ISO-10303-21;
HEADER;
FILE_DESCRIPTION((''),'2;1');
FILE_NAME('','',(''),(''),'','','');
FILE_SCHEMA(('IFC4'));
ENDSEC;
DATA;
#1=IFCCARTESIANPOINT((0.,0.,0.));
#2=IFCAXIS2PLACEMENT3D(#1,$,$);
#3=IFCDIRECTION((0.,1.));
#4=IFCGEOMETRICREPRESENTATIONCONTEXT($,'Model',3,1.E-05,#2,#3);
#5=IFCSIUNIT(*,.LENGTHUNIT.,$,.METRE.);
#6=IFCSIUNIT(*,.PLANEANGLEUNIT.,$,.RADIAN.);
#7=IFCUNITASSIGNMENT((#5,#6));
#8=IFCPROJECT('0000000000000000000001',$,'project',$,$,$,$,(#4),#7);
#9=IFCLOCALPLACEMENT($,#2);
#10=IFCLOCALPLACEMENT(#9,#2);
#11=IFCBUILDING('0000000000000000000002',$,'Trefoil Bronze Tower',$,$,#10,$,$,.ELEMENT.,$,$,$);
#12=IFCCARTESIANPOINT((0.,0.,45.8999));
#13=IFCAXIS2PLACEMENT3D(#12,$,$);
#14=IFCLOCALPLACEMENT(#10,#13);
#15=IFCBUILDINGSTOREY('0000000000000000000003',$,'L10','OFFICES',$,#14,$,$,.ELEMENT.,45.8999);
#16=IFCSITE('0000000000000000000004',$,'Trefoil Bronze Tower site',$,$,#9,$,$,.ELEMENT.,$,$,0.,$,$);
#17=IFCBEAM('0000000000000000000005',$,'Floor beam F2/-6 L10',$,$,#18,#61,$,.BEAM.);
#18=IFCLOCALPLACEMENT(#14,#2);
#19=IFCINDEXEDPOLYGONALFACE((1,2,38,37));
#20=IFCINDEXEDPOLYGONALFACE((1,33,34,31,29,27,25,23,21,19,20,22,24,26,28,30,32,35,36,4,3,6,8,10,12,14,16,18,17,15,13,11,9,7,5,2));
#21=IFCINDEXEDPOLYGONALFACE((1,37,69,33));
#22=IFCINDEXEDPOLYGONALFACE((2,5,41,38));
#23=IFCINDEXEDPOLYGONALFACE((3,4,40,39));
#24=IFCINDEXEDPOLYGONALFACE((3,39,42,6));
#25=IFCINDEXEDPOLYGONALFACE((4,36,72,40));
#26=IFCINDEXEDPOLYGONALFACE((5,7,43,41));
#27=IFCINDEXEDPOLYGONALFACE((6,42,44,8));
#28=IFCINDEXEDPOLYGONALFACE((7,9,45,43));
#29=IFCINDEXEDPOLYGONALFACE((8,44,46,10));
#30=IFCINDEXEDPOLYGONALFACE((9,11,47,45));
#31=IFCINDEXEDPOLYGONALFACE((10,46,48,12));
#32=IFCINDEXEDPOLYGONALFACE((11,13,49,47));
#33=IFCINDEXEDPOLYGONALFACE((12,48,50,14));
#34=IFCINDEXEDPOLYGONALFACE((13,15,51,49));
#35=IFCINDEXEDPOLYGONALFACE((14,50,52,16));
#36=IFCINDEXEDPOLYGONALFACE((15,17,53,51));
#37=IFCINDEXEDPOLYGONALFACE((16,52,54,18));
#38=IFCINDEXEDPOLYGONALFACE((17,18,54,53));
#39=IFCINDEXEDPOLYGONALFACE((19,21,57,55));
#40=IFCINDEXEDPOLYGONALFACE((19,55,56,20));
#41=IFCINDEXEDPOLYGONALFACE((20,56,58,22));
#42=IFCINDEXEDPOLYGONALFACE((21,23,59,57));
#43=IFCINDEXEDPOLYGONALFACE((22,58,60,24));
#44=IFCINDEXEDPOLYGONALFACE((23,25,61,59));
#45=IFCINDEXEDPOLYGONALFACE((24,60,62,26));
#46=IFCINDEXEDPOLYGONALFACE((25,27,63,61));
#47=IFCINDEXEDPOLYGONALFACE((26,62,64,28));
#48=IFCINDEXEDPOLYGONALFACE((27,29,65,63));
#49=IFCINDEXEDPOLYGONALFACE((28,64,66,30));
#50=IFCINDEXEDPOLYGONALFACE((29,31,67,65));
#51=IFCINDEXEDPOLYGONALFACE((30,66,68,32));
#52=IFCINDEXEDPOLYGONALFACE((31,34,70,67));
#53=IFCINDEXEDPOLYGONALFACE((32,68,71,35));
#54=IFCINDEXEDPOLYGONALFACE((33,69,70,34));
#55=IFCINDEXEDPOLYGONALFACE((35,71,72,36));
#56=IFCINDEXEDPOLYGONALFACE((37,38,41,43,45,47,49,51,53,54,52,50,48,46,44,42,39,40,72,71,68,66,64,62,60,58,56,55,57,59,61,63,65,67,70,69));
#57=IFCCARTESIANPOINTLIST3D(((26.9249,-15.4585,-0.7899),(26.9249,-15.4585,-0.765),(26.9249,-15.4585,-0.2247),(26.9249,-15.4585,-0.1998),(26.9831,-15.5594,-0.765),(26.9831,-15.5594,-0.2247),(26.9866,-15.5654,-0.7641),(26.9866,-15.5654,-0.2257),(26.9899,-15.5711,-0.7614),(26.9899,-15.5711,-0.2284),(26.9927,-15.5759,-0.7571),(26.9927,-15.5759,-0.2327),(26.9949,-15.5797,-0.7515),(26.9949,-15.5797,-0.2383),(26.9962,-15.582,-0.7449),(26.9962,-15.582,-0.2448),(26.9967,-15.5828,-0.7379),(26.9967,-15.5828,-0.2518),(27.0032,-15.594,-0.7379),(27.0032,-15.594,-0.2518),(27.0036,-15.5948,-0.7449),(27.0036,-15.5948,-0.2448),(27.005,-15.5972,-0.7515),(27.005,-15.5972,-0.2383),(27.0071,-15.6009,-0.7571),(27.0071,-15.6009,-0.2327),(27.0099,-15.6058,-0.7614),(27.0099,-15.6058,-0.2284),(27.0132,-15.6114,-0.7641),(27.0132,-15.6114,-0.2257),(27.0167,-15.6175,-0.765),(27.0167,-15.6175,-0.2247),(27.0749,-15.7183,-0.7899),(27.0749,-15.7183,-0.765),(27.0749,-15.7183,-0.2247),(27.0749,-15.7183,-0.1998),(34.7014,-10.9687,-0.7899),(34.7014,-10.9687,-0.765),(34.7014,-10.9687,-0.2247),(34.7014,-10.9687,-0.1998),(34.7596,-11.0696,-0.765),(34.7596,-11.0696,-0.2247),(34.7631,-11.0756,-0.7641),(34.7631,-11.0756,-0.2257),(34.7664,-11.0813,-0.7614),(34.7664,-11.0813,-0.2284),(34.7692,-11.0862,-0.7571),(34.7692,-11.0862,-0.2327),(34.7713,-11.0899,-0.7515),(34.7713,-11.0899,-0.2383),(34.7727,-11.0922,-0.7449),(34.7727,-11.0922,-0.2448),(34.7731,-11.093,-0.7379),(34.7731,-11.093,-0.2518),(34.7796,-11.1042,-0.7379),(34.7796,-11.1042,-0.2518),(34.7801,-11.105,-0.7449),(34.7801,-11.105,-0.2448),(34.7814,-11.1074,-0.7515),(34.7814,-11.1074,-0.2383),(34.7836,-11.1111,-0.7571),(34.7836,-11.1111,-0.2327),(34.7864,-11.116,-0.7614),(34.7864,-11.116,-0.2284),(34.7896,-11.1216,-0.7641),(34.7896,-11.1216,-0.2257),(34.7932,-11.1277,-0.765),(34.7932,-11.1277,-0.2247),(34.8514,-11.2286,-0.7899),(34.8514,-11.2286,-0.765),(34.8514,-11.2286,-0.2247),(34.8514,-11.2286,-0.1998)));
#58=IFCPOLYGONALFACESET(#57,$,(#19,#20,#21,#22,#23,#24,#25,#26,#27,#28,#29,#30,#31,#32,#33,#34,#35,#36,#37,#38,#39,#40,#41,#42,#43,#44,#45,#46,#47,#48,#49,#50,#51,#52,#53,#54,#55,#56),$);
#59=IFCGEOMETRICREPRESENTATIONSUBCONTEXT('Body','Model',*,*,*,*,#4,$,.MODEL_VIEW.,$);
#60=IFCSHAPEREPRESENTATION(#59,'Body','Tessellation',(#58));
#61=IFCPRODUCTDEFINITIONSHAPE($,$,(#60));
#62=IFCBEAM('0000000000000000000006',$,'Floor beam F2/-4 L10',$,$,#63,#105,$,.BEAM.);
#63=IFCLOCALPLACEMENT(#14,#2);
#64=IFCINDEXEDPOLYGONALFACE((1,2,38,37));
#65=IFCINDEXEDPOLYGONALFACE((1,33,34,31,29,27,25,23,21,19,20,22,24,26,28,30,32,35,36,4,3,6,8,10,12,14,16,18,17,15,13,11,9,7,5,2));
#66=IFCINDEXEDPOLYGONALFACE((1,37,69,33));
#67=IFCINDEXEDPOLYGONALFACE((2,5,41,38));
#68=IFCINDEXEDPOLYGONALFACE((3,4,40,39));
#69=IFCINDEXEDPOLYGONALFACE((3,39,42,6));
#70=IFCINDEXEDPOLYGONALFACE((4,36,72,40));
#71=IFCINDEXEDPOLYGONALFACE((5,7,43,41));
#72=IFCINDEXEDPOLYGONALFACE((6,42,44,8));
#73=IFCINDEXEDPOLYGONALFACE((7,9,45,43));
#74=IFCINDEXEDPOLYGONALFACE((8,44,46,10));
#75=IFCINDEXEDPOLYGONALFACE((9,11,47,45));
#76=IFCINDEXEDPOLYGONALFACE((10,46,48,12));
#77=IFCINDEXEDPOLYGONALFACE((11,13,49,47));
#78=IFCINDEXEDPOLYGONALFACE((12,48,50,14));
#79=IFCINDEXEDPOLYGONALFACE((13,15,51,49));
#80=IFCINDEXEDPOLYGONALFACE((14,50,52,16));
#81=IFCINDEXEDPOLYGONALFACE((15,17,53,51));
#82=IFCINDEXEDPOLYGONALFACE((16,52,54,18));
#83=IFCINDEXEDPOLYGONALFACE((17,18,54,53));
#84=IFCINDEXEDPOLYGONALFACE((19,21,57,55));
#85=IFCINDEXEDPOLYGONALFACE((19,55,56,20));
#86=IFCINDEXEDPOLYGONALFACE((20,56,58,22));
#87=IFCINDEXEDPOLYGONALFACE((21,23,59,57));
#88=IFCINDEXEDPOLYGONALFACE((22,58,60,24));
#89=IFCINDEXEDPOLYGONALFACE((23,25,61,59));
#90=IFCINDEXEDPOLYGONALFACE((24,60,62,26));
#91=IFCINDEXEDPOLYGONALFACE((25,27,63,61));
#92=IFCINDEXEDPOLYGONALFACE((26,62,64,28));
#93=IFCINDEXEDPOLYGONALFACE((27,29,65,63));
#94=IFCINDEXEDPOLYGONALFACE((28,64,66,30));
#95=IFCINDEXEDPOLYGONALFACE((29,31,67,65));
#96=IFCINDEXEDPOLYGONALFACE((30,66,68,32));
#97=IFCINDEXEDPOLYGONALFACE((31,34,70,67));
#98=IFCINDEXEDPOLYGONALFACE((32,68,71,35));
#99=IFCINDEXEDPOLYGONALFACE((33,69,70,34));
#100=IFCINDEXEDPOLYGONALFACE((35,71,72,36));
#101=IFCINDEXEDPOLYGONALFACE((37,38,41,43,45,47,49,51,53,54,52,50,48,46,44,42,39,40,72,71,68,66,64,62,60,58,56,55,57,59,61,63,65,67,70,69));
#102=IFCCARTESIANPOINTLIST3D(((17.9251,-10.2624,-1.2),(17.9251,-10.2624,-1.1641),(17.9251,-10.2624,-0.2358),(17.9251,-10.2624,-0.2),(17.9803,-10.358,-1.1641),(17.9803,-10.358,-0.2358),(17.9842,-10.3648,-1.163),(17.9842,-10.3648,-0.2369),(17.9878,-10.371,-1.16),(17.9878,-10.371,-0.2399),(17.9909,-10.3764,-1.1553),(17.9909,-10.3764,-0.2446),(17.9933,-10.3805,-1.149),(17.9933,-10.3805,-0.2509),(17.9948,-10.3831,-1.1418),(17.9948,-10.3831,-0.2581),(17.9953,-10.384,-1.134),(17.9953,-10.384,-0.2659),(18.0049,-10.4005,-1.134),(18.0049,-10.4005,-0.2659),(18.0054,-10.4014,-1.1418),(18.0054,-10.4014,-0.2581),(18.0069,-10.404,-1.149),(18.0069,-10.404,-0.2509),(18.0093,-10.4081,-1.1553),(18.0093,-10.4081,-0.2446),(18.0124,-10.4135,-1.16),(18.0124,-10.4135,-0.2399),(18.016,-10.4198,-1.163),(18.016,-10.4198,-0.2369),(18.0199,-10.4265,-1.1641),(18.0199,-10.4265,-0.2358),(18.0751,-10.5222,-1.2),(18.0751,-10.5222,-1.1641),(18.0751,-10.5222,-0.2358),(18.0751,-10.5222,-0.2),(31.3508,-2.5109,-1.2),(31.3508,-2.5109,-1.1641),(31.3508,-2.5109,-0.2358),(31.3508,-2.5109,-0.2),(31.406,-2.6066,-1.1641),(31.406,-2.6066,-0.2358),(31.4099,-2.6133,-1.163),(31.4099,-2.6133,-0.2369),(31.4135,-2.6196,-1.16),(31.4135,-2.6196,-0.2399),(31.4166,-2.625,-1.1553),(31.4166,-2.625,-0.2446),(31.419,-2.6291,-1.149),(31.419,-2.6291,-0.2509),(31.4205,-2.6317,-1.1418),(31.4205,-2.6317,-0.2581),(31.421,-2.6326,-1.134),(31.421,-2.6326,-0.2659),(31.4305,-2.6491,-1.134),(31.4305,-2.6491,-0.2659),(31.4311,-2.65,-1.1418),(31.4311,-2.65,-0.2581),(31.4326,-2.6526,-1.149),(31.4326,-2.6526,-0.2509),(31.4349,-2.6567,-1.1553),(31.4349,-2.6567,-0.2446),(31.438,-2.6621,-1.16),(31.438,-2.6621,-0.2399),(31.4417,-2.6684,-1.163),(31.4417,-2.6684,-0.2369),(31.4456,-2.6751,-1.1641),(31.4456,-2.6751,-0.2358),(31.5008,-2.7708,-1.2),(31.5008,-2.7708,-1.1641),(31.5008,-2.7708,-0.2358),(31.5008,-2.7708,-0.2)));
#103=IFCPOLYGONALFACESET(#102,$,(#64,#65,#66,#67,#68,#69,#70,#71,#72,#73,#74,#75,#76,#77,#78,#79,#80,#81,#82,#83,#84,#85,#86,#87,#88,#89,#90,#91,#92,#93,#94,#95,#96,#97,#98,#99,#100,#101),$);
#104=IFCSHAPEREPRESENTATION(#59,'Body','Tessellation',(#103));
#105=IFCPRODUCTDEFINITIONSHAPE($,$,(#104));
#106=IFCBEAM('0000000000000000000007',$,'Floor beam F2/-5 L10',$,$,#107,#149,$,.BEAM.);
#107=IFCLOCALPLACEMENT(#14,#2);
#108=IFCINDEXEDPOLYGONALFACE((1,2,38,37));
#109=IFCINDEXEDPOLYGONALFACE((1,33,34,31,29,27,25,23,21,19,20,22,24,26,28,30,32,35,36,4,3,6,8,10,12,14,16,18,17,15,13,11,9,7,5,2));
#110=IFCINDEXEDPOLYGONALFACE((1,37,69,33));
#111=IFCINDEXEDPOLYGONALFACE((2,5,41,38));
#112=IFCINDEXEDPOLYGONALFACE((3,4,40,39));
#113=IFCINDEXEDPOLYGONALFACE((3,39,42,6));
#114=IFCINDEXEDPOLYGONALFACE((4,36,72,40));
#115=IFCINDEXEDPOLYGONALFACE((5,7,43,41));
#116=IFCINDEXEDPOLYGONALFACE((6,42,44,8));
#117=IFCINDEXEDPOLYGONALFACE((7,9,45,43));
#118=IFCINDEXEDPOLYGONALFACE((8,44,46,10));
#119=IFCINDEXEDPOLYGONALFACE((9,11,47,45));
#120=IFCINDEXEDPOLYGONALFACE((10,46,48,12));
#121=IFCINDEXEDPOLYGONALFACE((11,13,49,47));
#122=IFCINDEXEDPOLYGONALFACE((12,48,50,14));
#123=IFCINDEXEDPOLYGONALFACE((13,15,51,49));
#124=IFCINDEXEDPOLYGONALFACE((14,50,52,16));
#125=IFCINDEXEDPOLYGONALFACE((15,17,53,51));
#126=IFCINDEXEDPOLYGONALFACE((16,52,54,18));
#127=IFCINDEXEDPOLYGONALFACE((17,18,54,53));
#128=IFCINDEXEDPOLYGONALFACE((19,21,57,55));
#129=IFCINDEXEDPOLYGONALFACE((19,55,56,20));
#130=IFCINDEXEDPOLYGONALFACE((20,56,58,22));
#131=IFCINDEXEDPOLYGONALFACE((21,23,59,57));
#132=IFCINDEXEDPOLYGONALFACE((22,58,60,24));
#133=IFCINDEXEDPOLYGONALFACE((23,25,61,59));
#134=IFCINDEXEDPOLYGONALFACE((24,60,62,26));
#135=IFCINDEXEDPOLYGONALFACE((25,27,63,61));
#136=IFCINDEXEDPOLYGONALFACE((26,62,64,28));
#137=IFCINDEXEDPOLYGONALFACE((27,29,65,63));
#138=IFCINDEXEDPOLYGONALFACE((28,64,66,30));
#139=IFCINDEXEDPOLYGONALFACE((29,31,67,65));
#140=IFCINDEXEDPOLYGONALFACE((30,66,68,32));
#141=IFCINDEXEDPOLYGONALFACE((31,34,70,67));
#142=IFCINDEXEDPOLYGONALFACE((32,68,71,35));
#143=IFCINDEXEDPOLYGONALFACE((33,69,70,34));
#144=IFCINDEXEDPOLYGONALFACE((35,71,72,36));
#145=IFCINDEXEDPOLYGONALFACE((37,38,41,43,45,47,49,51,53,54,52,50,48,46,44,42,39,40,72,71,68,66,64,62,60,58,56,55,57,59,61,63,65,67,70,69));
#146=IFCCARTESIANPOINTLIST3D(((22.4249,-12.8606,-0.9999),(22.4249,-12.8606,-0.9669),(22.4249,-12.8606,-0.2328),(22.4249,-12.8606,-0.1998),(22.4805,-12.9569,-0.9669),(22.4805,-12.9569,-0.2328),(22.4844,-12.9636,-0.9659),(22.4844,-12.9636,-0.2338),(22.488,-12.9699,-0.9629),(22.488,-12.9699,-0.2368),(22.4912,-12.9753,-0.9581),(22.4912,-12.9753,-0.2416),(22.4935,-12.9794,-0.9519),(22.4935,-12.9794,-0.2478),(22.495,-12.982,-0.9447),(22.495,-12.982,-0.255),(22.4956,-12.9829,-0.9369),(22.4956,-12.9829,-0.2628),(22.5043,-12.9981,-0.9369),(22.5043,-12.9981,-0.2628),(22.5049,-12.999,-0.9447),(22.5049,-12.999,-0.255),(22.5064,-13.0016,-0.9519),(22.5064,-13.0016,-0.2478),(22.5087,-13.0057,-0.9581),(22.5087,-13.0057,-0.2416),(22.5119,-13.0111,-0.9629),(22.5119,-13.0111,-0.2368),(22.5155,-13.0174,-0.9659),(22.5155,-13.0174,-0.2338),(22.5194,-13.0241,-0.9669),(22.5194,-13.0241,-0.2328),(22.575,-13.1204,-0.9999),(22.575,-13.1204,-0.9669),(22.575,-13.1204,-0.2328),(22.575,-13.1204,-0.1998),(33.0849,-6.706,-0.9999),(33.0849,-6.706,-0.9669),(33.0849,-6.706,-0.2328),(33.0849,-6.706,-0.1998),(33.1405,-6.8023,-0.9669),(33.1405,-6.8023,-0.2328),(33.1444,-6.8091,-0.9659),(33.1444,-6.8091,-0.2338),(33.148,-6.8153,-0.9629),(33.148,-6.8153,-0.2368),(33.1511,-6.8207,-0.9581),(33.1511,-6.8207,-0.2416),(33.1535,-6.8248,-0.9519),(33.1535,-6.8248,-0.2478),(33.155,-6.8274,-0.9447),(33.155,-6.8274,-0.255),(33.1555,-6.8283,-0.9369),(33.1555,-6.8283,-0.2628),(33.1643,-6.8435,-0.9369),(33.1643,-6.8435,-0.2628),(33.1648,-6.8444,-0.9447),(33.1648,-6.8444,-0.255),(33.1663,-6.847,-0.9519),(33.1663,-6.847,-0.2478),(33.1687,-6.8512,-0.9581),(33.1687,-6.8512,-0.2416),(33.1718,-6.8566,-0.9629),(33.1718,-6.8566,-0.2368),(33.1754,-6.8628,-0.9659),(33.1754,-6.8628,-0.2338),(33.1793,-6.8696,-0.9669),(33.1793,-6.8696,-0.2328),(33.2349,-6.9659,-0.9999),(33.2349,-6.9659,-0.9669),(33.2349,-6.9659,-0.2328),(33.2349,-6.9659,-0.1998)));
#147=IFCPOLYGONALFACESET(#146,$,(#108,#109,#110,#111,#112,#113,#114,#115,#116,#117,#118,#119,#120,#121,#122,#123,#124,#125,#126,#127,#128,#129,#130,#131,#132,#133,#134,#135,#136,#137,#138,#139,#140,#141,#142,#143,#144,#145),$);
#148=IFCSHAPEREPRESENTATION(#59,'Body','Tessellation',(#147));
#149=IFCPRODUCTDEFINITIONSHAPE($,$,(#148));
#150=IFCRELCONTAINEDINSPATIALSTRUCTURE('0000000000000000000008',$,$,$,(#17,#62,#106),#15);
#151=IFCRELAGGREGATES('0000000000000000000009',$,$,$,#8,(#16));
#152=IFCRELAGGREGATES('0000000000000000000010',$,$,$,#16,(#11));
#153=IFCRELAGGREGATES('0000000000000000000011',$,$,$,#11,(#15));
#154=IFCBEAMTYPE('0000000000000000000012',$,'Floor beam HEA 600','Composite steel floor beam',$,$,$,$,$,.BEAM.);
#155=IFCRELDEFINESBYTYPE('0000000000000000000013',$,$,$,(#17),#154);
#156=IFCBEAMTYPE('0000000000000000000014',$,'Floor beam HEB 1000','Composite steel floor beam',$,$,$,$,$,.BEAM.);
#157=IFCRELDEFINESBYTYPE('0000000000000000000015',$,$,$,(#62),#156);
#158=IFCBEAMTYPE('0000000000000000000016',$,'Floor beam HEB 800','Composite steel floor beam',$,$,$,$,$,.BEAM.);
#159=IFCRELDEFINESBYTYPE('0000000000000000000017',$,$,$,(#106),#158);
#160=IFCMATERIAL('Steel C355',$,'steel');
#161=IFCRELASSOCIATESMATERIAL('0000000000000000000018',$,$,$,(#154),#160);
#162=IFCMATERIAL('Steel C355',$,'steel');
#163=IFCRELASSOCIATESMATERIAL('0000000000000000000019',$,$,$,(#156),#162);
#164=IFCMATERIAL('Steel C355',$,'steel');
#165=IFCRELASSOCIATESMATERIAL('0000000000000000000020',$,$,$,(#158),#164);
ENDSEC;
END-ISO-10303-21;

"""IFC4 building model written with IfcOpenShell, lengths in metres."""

from ifc_helpers import new_model, si_unit, direction, frame, origin, origin_2d, place, context, subcontext, project, spatial, i_section, extrude, material, material_profile, profile_set, type_object, element, save


model = new_model("IFC4")

# Units and contexts
model_context = context("Model", 3, precision=1e-05, world=origin(), true_north=direction((0.0, 1.0)))
body_context = subcontext(model_context, "Body", "Model", "MODEL_VIEW")
ifc_project = project(units=[si_unit("LENGTHUNIT", "METRE"), si_unit("PLANEANGLEUNIT", "RADIAN")], contexts=[model_context])

# Site, building, storey
site_placement = place(None, origin())
site = spatial("IfcSite", under=ifc_project, at=site_placement, Name="Trefoil Bronze Tower site", CompositionType="ELEMENT", RefElevation=0.0)
building_placement = place(site_placement, origin())
building = spatial("IfcBuilding", under=site, at=building_placement, Name="Trefoil Bronze Tower", CompositionType="ELEMENT")
storey_placement = place(building_placement, frame((0.0, 0.0, 45.8999)))
storey = spatial("IfcBuildingStorey", under=building, at=storey_placement, Name="L10", Description="OFFICES", CompositionType="ELEMENT", Elevation=45.8999)

# Beams
ifc_material_1 = material(Name="Steel C355", Category="steel")
ifc_material_profile_1 = material_profile(ifc_material_1, i_section(OverallWidth=0.3, OverallDepth=0.5901, WebThickness=0.0129, FlangeThickness=0.0249, FilletRadius=0.0271, at=origin_2d()), Name="HEA 600")
ifc_profile_set_1 = profile_set([ifc_material_profile_1], Name="Steel C355")
beam_type_1 = type_object("IfcBeamType", Name="Floor beam HEA 600", Description="Composite steel floor beam", PredefinedType="BEAM", material=ifc_profile_set_1)
beam_1_placement = place(storey_placement, frame((34.7764, -11.0986, -0.4949), z_axis=(-0.866023, -0.500005, 0.0), x_axis=(0.500005, -0.866023, 0.0)))
element("IfcBeam", 1, at=beam_1_placement, inside=storey, type_object=beam_type_1, Name="Floor beam F2/-6 L10", PredefinedType="BEAM", context=body_context, shape_type="SweptSolid", body=[
    extrude(i_section(OverallWidth=0.3, OverallDepth=0.5901, WebThickness=0.0129, FlangeThickness=0.0249, FilletRadius=0.0271, at=origin_2d()), origin(), (0.0, 0.0, 1.0), 8.9795),
])
ifc_material_2 = material(Name="Steel C355", Category="steel")
ifc_material_profile_2 = material_profile(ifc_material_2, i_section(OverallWidth=0.3, OverallDepth=1.0, WebThickness=0.019, FlangeThickness=0.0359, FilletRadius=0.03, at=origin_2d()), Name="HEB 1000")
ifc_profile_set_2 = profile_set([ifc_material_profile_2], Name="Steel C355")
beam_type_2 = type_object("IfcBeamType", Name="Floor beam HEB 1000", Description="Composite steel floor beam", PredefinedType="BEAM", material=ifc_profile_set_2)
beam_2_placement = place(storey_placement, frame((31.4258, -2.6409, -0.7), z_axis=(-0.866023, -0.500004, 0.0), x_axis=(0.500004, -0.866023, 0.0)))
element("IfcBeam", 2, at=beam_2_placement, inside=storey, type_object=beam_type_2, Name="Floor beam F2/-4 L10", PredefinedType="BEAM", context=body_context, shape_type="SweptSolid", body=[
    extrude(i_section(OverallWidth=0.3, OverallDepth=1.0, WebThickness=0.019, FlangeThickness=0.0359, FilletRadius=0.03, at=origin_2d()), origin(), (0.0, 0.0, 1.0), 15.5027),
])
ifc_material_3 = material(Name="Steel C355", Category="steel")
ifc_material_profile_3 = material_profile(ifc_material_3, i_section(OverallWidth=0.3, OverallDepth=0.8, WebThickness=0.0176, FlangeThickness=0.033, FilletRadius=0.03, at=origin_2d()), Name="HEB 800")
ifc_profile_set_3 = profile_set([ifc_material_profile_3], Name="Steel C355")
beam_type_3 = type_object("IfcBeamType", Name="Floor beam HEB 800", Description="Composite steel floor beam", PredefinedType="BEAM", material=ifc_profile_set_3)
beam_3_placement = place(storey_placement, frame((33.1599, -6.8359, -0.5999), z_axis=(-0.866024, -0.500002, 0.0), x_axis=(0.500002, -0.866024, 0.0)))
element("IfcBeam", 3, at=beam_3_placement, inside=storey, type_object=beam_type_3, Name="Floor beam F2/-5 L10", PredefinedType="BEAM", context=body_context, shape_type="SweptSolid", body=[
    extrude(i_section(OverallWidth=0.3, OverallDepth=0.8, WebThickness=0.0176, FlangeThickness=0.033, FilletRadius=0.03, at=origin_2d()), origin(), (0.0, 0.0, 1.0), 12.3091),
])

save(model, "model.ifc")
